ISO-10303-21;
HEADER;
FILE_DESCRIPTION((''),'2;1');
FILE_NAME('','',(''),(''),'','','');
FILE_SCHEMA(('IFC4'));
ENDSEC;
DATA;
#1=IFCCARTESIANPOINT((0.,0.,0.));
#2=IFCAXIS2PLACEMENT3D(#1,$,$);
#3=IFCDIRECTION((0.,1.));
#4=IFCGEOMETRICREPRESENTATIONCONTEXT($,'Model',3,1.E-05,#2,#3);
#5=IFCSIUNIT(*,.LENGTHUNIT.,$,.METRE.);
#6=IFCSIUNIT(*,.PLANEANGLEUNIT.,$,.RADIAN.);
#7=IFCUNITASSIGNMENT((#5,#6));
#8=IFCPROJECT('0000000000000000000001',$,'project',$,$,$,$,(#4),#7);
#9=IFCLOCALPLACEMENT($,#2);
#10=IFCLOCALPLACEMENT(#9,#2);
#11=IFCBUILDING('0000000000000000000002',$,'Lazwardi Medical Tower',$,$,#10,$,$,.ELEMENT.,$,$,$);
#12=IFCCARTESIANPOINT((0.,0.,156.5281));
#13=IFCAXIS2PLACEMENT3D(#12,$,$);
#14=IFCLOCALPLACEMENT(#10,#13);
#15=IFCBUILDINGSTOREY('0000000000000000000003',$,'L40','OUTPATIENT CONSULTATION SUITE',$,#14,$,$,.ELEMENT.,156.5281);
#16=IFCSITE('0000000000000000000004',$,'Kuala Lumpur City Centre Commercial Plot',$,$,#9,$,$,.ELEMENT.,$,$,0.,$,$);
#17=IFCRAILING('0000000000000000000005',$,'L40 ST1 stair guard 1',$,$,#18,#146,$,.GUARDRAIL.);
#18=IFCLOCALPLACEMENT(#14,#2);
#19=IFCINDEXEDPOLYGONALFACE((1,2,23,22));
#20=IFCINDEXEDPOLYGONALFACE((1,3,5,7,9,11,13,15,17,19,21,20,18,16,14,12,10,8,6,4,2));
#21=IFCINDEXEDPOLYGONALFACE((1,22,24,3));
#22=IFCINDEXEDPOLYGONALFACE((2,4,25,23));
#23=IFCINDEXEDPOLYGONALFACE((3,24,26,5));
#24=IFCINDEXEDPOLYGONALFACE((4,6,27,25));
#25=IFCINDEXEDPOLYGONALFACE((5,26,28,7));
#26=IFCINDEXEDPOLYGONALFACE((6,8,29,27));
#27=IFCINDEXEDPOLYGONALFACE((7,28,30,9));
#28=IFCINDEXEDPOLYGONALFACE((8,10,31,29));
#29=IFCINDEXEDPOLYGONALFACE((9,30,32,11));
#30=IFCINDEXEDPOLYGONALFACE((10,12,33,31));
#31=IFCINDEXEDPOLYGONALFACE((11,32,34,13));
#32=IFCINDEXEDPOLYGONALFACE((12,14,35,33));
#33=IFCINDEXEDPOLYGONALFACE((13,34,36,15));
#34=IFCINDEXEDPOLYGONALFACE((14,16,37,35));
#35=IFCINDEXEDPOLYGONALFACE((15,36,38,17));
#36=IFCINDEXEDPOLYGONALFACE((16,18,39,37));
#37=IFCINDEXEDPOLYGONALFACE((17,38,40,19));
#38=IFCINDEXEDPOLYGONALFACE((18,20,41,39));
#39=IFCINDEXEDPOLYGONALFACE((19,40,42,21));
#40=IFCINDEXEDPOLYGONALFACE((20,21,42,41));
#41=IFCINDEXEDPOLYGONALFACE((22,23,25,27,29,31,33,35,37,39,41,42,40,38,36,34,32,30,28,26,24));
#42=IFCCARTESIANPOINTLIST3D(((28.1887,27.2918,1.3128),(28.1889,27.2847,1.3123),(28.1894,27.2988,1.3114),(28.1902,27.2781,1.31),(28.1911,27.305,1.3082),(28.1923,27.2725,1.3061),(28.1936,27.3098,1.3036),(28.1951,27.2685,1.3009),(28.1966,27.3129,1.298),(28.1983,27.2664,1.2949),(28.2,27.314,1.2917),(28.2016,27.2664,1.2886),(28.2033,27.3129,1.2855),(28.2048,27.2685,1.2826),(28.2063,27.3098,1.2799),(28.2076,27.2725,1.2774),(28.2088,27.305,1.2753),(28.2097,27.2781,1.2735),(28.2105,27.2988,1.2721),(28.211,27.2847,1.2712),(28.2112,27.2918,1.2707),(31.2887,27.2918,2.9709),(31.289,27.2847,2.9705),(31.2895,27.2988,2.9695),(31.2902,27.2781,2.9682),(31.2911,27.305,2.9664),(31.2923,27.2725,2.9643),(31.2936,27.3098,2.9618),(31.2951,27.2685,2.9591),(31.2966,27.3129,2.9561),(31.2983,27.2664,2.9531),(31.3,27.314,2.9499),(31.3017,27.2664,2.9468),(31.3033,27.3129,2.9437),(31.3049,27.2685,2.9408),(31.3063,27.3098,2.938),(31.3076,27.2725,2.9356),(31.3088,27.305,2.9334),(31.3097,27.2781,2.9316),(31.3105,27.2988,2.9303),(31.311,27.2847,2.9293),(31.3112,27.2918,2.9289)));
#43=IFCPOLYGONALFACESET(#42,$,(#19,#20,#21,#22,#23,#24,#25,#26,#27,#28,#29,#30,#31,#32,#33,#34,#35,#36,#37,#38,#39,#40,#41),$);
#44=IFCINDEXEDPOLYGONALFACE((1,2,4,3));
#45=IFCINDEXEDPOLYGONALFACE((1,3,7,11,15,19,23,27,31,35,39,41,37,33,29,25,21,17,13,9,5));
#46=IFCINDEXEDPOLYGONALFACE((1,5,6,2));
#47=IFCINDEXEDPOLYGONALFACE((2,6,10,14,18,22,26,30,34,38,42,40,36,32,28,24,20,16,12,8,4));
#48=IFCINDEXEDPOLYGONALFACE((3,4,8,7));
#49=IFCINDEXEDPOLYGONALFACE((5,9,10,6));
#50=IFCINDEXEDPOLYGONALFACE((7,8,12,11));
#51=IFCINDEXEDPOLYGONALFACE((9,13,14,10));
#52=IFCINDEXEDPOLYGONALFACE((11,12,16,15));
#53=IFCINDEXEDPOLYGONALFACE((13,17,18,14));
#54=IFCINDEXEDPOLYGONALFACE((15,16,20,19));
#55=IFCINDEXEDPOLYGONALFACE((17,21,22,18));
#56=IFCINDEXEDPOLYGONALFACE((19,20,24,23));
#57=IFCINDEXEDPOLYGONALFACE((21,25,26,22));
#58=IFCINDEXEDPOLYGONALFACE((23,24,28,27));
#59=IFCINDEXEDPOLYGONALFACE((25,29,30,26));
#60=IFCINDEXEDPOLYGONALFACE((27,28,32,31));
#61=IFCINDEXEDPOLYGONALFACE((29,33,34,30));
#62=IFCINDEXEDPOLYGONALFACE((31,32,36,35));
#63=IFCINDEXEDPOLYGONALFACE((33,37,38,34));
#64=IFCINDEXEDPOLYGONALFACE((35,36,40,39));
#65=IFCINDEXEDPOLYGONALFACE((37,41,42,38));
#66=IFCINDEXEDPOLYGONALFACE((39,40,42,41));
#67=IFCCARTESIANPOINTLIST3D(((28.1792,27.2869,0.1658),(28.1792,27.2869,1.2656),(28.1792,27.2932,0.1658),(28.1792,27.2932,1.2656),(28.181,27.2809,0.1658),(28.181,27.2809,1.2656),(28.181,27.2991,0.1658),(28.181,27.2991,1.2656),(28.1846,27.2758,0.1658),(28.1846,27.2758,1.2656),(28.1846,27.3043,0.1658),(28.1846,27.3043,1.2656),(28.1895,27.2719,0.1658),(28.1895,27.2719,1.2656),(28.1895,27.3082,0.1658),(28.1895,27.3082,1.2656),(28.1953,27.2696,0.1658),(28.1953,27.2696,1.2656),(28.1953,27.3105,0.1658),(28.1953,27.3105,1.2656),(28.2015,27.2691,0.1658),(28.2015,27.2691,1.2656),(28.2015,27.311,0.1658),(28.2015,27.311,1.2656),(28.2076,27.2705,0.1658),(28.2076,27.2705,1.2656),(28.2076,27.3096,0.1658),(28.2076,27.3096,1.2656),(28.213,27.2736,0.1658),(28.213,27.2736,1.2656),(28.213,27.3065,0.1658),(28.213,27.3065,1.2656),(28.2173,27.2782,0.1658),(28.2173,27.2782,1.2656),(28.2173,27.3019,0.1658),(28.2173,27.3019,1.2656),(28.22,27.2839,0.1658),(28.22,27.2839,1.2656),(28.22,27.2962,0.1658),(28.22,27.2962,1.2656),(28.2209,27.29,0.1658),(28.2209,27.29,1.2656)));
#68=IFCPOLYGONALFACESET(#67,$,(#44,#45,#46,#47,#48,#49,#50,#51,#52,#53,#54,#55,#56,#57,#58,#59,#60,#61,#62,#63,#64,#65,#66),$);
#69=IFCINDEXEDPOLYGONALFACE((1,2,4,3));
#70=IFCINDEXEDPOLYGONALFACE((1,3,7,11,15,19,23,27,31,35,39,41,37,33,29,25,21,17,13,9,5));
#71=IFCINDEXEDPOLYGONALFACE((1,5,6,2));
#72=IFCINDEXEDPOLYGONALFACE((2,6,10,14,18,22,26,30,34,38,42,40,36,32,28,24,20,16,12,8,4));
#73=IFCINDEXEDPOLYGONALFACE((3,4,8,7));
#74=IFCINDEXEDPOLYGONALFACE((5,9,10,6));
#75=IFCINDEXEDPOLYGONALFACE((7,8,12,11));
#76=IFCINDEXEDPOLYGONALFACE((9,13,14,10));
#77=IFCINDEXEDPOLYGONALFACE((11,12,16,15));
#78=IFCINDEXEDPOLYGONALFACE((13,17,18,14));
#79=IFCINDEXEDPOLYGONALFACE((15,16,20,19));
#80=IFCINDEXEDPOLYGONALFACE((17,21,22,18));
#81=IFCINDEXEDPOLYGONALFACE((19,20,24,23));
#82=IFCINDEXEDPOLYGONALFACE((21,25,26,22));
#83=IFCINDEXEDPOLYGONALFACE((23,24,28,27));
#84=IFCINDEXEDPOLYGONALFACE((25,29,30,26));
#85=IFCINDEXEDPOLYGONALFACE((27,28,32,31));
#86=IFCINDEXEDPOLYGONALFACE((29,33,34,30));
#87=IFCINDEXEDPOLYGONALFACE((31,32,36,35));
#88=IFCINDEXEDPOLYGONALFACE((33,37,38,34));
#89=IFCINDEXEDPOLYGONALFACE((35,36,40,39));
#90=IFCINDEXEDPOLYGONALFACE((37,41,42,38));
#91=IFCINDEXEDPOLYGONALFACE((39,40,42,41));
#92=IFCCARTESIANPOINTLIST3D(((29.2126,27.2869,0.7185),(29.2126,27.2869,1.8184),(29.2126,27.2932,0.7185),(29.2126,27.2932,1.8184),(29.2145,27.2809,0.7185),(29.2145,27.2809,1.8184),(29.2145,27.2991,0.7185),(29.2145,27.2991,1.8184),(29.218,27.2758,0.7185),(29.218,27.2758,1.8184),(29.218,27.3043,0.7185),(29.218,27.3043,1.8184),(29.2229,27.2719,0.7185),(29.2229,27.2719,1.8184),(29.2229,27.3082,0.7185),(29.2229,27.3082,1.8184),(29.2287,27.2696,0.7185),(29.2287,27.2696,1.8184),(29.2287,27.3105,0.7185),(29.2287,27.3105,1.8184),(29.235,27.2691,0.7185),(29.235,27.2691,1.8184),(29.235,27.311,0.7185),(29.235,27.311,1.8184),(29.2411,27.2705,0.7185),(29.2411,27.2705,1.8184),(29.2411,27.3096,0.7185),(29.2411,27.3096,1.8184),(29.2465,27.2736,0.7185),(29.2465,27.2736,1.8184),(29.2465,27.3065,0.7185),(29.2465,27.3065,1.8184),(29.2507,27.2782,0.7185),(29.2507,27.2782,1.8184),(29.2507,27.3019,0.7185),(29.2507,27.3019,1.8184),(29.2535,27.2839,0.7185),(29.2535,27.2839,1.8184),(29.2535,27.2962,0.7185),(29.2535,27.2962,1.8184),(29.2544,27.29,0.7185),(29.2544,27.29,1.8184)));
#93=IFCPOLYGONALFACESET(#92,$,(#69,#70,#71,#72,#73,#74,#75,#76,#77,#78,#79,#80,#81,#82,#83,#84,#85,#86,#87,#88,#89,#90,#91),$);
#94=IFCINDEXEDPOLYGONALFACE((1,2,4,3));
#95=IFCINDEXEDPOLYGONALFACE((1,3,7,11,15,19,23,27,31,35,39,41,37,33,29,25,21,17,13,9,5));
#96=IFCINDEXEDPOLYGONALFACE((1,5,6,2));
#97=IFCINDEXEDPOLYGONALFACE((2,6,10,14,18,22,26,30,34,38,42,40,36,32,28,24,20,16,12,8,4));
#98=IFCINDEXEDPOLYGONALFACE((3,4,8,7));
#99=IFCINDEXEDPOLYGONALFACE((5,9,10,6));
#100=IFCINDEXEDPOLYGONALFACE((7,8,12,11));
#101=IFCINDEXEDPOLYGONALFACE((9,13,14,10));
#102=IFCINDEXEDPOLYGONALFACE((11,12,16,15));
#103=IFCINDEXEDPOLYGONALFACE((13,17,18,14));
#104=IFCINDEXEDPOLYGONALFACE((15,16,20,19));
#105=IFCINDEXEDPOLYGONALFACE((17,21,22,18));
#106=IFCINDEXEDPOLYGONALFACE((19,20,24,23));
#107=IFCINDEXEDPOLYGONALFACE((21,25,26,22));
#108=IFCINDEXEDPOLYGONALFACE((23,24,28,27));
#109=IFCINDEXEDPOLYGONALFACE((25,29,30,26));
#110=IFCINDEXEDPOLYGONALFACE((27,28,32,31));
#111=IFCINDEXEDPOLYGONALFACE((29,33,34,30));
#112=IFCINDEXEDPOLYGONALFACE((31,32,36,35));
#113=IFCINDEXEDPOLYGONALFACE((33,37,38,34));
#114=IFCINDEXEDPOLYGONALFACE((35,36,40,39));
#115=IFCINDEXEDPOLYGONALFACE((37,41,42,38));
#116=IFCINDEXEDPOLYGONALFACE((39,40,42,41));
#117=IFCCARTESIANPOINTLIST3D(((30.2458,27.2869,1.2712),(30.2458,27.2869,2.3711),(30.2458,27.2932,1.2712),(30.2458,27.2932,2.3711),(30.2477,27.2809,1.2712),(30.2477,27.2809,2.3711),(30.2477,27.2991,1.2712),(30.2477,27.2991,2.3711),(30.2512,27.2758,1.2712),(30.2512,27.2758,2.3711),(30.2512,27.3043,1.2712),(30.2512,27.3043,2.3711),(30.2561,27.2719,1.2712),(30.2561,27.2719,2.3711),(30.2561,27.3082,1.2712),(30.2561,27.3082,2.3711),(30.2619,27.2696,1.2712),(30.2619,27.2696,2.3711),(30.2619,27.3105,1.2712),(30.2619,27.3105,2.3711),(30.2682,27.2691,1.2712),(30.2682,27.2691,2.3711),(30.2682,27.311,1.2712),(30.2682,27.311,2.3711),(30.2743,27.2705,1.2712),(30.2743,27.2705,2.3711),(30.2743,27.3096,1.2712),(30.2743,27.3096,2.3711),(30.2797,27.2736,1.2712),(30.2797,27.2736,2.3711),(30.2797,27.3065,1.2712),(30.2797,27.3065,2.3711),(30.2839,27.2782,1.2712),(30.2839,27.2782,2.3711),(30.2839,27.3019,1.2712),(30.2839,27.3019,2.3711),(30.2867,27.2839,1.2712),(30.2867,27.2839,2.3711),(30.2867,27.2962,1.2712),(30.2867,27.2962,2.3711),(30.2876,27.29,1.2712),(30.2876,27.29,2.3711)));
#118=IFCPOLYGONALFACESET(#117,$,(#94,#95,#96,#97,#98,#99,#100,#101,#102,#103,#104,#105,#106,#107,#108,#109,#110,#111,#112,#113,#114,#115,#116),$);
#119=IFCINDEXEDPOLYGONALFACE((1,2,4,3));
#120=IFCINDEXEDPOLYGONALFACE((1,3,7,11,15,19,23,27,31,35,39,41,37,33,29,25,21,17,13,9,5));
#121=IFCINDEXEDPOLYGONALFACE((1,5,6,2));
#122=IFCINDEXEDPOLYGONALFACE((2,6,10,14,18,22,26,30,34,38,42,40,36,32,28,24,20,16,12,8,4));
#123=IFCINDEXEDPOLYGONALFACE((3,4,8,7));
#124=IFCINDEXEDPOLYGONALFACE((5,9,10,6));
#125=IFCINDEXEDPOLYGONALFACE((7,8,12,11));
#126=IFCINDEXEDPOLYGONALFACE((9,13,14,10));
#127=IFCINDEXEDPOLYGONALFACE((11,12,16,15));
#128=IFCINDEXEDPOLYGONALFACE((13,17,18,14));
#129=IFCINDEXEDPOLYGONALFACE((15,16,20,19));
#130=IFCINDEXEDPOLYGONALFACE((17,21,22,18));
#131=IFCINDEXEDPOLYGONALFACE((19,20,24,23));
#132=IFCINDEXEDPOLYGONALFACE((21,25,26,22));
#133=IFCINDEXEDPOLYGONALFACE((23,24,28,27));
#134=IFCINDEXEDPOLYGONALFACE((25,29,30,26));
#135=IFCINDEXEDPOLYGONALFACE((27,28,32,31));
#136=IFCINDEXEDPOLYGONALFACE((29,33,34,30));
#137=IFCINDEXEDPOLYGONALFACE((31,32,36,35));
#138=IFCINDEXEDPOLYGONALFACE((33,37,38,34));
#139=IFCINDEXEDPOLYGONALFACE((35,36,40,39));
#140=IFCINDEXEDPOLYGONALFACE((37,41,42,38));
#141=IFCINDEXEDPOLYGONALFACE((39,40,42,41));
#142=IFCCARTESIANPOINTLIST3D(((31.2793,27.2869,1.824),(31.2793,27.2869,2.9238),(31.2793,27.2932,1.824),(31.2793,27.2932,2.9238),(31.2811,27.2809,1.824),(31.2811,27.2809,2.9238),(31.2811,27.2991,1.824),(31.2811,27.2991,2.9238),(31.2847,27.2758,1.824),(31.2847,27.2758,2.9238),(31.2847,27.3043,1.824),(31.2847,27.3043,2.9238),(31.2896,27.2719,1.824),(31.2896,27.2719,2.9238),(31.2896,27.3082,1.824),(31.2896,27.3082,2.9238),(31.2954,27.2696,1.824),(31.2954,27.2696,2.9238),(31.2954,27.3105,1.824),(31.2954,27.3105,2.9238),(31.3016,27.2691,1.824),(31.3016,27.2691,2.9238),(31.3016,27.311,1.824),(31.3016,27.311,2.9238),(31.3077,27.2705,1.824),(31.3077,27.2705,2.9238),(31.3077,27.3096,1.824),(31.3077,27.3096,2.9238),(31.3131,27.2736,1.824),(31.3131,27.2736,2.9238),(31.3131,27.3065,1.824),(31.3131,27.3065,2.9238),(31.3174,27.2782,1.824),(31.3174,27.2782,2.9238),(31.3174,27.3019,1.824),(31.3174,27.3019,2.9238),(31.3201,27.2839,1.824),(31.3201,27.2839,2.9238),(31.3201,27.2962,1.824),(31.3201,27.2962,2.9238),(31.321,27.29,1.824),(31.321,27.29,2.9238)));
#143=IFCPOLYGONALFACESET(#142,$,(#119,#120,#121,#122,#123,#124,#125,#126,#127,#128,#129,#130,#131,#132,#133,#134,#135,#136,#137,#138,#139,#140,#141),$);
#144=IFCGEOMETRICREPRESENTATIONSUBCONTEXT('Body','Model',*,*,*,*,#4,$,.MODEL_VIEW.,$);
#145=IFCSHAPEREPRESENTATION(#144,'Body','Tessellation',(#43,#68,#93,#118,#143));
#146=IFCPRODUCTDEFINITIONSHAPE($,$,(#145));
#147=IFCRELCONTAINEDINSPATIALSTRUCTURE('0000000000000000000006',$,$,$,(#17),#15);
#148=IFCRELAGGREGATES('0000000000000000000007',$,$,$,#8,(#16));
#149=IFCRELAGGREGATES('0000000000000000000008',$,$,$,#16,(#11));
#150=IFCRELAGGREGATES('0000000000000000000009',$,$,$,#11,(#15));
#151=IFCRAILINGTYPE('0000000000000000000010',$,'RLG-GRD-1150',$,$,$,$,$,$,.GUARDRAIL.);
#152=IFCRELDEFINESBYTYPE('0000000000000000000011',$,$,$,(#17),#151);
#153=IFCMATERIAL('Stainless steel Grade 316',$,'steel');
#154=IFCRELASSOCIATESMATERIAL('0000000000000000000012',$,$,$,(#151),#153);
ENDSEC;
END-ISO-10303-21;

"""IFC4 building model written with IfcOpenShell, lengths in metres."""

from ifc_helpers import new_model, si_unit, direction, frame, origin, origin_2d, place, context, subcontext, project, spatial, circle, extrude, material, type_object, element, save


model = new_model("IFC4")

# Units and contexts
model_context = context("Model", 3, precision=1e-05, world=origin(), true_north=direction((0.0, 1.0)))
body_context = subcontext(model_context, "Body", "Model", "MODEL_VIEW")
ifc_project = project(units=[si_unit("LENGTHUNIT", "METRE"), si_unit("PLANEANGLEUNIT", "RADIAN")], contexts=[model_context])

# Site, building, storey
site_placement = place(None, origin())
site = spatial("IfcSite", under=ifc_project, at=site_placement, Name="Kuala Lumpur City Centre Commercial Plot", CompositionType="ELEMENT", RefElevation=0.0)
building_placement = place(site_placement, origin())
building = spatial("IfcBuilding", under=site, at=building_placement, Name="Lazwardi Medical Tower", CompositionType="ELEMENT")
storey_placement = place(building_placement, frame((0.0, 0.0, 156.5281)))
storey = spatial("IfcBuildingStorey", under=building, at=storey_placement, Name="L40", Description="OUTPATIENT CONSULTATION SUITE", CompositionType="ELEMENT", Elevation=156.5281)

# Railing
ifc_material_1 = material(Name="Stainless steel Grade 316", Category="steel")
railing_type_1 = type_object("IfcRailingType", Name="RLG-GRD-1150", PredefinedType="GUARDRAIL", material=ifc_material_1)
railing_1_placement = place(storey_placement, frame((28.2, 27.29, 0.1658)))
element("IfcRailing", 1, at=railing_1_placement, inside=storey, type_object=railing_type_1, Name="L40 ST1 stair guard 1", PredefinedType="GUARDRAIL", context=body_context, shape_type="SweptSolid", body=[
    extrude(circle(Radius=0.0239, at=origin_2d()), frame((0.0, 0.0, 1.126), z_axis=(0.881783, 0.0, 0.471655), x_axis=(0.0, 1.0, 0.0)), (0.0, 0.0, 1.0), 3.5156),
    extrude(circle(Radius=0.021, at=origin_2d()), origin(), (0.0, 0.0, 1.0), 1.0999),
    extrude(circle(Radius=0.021, at=origin_2d()), frame((1.0334, 0.0, 0.5527)), (0.0, 0.0, 1.0), 1.0999),
    extrude(circle(Radius=0.021, at=origin_2d()), frame((2.0667, 0.0, 1.1055)), (0.0, 0.0, 1.0), 1.0999),
    extrude(circle(Radius=0.021, at=origin_2d()), frame((3.1001, 0.0, 1.6582)), (0.0, 0.0, 1.0), 1.0999),
])

save(model, "model.ifc")
